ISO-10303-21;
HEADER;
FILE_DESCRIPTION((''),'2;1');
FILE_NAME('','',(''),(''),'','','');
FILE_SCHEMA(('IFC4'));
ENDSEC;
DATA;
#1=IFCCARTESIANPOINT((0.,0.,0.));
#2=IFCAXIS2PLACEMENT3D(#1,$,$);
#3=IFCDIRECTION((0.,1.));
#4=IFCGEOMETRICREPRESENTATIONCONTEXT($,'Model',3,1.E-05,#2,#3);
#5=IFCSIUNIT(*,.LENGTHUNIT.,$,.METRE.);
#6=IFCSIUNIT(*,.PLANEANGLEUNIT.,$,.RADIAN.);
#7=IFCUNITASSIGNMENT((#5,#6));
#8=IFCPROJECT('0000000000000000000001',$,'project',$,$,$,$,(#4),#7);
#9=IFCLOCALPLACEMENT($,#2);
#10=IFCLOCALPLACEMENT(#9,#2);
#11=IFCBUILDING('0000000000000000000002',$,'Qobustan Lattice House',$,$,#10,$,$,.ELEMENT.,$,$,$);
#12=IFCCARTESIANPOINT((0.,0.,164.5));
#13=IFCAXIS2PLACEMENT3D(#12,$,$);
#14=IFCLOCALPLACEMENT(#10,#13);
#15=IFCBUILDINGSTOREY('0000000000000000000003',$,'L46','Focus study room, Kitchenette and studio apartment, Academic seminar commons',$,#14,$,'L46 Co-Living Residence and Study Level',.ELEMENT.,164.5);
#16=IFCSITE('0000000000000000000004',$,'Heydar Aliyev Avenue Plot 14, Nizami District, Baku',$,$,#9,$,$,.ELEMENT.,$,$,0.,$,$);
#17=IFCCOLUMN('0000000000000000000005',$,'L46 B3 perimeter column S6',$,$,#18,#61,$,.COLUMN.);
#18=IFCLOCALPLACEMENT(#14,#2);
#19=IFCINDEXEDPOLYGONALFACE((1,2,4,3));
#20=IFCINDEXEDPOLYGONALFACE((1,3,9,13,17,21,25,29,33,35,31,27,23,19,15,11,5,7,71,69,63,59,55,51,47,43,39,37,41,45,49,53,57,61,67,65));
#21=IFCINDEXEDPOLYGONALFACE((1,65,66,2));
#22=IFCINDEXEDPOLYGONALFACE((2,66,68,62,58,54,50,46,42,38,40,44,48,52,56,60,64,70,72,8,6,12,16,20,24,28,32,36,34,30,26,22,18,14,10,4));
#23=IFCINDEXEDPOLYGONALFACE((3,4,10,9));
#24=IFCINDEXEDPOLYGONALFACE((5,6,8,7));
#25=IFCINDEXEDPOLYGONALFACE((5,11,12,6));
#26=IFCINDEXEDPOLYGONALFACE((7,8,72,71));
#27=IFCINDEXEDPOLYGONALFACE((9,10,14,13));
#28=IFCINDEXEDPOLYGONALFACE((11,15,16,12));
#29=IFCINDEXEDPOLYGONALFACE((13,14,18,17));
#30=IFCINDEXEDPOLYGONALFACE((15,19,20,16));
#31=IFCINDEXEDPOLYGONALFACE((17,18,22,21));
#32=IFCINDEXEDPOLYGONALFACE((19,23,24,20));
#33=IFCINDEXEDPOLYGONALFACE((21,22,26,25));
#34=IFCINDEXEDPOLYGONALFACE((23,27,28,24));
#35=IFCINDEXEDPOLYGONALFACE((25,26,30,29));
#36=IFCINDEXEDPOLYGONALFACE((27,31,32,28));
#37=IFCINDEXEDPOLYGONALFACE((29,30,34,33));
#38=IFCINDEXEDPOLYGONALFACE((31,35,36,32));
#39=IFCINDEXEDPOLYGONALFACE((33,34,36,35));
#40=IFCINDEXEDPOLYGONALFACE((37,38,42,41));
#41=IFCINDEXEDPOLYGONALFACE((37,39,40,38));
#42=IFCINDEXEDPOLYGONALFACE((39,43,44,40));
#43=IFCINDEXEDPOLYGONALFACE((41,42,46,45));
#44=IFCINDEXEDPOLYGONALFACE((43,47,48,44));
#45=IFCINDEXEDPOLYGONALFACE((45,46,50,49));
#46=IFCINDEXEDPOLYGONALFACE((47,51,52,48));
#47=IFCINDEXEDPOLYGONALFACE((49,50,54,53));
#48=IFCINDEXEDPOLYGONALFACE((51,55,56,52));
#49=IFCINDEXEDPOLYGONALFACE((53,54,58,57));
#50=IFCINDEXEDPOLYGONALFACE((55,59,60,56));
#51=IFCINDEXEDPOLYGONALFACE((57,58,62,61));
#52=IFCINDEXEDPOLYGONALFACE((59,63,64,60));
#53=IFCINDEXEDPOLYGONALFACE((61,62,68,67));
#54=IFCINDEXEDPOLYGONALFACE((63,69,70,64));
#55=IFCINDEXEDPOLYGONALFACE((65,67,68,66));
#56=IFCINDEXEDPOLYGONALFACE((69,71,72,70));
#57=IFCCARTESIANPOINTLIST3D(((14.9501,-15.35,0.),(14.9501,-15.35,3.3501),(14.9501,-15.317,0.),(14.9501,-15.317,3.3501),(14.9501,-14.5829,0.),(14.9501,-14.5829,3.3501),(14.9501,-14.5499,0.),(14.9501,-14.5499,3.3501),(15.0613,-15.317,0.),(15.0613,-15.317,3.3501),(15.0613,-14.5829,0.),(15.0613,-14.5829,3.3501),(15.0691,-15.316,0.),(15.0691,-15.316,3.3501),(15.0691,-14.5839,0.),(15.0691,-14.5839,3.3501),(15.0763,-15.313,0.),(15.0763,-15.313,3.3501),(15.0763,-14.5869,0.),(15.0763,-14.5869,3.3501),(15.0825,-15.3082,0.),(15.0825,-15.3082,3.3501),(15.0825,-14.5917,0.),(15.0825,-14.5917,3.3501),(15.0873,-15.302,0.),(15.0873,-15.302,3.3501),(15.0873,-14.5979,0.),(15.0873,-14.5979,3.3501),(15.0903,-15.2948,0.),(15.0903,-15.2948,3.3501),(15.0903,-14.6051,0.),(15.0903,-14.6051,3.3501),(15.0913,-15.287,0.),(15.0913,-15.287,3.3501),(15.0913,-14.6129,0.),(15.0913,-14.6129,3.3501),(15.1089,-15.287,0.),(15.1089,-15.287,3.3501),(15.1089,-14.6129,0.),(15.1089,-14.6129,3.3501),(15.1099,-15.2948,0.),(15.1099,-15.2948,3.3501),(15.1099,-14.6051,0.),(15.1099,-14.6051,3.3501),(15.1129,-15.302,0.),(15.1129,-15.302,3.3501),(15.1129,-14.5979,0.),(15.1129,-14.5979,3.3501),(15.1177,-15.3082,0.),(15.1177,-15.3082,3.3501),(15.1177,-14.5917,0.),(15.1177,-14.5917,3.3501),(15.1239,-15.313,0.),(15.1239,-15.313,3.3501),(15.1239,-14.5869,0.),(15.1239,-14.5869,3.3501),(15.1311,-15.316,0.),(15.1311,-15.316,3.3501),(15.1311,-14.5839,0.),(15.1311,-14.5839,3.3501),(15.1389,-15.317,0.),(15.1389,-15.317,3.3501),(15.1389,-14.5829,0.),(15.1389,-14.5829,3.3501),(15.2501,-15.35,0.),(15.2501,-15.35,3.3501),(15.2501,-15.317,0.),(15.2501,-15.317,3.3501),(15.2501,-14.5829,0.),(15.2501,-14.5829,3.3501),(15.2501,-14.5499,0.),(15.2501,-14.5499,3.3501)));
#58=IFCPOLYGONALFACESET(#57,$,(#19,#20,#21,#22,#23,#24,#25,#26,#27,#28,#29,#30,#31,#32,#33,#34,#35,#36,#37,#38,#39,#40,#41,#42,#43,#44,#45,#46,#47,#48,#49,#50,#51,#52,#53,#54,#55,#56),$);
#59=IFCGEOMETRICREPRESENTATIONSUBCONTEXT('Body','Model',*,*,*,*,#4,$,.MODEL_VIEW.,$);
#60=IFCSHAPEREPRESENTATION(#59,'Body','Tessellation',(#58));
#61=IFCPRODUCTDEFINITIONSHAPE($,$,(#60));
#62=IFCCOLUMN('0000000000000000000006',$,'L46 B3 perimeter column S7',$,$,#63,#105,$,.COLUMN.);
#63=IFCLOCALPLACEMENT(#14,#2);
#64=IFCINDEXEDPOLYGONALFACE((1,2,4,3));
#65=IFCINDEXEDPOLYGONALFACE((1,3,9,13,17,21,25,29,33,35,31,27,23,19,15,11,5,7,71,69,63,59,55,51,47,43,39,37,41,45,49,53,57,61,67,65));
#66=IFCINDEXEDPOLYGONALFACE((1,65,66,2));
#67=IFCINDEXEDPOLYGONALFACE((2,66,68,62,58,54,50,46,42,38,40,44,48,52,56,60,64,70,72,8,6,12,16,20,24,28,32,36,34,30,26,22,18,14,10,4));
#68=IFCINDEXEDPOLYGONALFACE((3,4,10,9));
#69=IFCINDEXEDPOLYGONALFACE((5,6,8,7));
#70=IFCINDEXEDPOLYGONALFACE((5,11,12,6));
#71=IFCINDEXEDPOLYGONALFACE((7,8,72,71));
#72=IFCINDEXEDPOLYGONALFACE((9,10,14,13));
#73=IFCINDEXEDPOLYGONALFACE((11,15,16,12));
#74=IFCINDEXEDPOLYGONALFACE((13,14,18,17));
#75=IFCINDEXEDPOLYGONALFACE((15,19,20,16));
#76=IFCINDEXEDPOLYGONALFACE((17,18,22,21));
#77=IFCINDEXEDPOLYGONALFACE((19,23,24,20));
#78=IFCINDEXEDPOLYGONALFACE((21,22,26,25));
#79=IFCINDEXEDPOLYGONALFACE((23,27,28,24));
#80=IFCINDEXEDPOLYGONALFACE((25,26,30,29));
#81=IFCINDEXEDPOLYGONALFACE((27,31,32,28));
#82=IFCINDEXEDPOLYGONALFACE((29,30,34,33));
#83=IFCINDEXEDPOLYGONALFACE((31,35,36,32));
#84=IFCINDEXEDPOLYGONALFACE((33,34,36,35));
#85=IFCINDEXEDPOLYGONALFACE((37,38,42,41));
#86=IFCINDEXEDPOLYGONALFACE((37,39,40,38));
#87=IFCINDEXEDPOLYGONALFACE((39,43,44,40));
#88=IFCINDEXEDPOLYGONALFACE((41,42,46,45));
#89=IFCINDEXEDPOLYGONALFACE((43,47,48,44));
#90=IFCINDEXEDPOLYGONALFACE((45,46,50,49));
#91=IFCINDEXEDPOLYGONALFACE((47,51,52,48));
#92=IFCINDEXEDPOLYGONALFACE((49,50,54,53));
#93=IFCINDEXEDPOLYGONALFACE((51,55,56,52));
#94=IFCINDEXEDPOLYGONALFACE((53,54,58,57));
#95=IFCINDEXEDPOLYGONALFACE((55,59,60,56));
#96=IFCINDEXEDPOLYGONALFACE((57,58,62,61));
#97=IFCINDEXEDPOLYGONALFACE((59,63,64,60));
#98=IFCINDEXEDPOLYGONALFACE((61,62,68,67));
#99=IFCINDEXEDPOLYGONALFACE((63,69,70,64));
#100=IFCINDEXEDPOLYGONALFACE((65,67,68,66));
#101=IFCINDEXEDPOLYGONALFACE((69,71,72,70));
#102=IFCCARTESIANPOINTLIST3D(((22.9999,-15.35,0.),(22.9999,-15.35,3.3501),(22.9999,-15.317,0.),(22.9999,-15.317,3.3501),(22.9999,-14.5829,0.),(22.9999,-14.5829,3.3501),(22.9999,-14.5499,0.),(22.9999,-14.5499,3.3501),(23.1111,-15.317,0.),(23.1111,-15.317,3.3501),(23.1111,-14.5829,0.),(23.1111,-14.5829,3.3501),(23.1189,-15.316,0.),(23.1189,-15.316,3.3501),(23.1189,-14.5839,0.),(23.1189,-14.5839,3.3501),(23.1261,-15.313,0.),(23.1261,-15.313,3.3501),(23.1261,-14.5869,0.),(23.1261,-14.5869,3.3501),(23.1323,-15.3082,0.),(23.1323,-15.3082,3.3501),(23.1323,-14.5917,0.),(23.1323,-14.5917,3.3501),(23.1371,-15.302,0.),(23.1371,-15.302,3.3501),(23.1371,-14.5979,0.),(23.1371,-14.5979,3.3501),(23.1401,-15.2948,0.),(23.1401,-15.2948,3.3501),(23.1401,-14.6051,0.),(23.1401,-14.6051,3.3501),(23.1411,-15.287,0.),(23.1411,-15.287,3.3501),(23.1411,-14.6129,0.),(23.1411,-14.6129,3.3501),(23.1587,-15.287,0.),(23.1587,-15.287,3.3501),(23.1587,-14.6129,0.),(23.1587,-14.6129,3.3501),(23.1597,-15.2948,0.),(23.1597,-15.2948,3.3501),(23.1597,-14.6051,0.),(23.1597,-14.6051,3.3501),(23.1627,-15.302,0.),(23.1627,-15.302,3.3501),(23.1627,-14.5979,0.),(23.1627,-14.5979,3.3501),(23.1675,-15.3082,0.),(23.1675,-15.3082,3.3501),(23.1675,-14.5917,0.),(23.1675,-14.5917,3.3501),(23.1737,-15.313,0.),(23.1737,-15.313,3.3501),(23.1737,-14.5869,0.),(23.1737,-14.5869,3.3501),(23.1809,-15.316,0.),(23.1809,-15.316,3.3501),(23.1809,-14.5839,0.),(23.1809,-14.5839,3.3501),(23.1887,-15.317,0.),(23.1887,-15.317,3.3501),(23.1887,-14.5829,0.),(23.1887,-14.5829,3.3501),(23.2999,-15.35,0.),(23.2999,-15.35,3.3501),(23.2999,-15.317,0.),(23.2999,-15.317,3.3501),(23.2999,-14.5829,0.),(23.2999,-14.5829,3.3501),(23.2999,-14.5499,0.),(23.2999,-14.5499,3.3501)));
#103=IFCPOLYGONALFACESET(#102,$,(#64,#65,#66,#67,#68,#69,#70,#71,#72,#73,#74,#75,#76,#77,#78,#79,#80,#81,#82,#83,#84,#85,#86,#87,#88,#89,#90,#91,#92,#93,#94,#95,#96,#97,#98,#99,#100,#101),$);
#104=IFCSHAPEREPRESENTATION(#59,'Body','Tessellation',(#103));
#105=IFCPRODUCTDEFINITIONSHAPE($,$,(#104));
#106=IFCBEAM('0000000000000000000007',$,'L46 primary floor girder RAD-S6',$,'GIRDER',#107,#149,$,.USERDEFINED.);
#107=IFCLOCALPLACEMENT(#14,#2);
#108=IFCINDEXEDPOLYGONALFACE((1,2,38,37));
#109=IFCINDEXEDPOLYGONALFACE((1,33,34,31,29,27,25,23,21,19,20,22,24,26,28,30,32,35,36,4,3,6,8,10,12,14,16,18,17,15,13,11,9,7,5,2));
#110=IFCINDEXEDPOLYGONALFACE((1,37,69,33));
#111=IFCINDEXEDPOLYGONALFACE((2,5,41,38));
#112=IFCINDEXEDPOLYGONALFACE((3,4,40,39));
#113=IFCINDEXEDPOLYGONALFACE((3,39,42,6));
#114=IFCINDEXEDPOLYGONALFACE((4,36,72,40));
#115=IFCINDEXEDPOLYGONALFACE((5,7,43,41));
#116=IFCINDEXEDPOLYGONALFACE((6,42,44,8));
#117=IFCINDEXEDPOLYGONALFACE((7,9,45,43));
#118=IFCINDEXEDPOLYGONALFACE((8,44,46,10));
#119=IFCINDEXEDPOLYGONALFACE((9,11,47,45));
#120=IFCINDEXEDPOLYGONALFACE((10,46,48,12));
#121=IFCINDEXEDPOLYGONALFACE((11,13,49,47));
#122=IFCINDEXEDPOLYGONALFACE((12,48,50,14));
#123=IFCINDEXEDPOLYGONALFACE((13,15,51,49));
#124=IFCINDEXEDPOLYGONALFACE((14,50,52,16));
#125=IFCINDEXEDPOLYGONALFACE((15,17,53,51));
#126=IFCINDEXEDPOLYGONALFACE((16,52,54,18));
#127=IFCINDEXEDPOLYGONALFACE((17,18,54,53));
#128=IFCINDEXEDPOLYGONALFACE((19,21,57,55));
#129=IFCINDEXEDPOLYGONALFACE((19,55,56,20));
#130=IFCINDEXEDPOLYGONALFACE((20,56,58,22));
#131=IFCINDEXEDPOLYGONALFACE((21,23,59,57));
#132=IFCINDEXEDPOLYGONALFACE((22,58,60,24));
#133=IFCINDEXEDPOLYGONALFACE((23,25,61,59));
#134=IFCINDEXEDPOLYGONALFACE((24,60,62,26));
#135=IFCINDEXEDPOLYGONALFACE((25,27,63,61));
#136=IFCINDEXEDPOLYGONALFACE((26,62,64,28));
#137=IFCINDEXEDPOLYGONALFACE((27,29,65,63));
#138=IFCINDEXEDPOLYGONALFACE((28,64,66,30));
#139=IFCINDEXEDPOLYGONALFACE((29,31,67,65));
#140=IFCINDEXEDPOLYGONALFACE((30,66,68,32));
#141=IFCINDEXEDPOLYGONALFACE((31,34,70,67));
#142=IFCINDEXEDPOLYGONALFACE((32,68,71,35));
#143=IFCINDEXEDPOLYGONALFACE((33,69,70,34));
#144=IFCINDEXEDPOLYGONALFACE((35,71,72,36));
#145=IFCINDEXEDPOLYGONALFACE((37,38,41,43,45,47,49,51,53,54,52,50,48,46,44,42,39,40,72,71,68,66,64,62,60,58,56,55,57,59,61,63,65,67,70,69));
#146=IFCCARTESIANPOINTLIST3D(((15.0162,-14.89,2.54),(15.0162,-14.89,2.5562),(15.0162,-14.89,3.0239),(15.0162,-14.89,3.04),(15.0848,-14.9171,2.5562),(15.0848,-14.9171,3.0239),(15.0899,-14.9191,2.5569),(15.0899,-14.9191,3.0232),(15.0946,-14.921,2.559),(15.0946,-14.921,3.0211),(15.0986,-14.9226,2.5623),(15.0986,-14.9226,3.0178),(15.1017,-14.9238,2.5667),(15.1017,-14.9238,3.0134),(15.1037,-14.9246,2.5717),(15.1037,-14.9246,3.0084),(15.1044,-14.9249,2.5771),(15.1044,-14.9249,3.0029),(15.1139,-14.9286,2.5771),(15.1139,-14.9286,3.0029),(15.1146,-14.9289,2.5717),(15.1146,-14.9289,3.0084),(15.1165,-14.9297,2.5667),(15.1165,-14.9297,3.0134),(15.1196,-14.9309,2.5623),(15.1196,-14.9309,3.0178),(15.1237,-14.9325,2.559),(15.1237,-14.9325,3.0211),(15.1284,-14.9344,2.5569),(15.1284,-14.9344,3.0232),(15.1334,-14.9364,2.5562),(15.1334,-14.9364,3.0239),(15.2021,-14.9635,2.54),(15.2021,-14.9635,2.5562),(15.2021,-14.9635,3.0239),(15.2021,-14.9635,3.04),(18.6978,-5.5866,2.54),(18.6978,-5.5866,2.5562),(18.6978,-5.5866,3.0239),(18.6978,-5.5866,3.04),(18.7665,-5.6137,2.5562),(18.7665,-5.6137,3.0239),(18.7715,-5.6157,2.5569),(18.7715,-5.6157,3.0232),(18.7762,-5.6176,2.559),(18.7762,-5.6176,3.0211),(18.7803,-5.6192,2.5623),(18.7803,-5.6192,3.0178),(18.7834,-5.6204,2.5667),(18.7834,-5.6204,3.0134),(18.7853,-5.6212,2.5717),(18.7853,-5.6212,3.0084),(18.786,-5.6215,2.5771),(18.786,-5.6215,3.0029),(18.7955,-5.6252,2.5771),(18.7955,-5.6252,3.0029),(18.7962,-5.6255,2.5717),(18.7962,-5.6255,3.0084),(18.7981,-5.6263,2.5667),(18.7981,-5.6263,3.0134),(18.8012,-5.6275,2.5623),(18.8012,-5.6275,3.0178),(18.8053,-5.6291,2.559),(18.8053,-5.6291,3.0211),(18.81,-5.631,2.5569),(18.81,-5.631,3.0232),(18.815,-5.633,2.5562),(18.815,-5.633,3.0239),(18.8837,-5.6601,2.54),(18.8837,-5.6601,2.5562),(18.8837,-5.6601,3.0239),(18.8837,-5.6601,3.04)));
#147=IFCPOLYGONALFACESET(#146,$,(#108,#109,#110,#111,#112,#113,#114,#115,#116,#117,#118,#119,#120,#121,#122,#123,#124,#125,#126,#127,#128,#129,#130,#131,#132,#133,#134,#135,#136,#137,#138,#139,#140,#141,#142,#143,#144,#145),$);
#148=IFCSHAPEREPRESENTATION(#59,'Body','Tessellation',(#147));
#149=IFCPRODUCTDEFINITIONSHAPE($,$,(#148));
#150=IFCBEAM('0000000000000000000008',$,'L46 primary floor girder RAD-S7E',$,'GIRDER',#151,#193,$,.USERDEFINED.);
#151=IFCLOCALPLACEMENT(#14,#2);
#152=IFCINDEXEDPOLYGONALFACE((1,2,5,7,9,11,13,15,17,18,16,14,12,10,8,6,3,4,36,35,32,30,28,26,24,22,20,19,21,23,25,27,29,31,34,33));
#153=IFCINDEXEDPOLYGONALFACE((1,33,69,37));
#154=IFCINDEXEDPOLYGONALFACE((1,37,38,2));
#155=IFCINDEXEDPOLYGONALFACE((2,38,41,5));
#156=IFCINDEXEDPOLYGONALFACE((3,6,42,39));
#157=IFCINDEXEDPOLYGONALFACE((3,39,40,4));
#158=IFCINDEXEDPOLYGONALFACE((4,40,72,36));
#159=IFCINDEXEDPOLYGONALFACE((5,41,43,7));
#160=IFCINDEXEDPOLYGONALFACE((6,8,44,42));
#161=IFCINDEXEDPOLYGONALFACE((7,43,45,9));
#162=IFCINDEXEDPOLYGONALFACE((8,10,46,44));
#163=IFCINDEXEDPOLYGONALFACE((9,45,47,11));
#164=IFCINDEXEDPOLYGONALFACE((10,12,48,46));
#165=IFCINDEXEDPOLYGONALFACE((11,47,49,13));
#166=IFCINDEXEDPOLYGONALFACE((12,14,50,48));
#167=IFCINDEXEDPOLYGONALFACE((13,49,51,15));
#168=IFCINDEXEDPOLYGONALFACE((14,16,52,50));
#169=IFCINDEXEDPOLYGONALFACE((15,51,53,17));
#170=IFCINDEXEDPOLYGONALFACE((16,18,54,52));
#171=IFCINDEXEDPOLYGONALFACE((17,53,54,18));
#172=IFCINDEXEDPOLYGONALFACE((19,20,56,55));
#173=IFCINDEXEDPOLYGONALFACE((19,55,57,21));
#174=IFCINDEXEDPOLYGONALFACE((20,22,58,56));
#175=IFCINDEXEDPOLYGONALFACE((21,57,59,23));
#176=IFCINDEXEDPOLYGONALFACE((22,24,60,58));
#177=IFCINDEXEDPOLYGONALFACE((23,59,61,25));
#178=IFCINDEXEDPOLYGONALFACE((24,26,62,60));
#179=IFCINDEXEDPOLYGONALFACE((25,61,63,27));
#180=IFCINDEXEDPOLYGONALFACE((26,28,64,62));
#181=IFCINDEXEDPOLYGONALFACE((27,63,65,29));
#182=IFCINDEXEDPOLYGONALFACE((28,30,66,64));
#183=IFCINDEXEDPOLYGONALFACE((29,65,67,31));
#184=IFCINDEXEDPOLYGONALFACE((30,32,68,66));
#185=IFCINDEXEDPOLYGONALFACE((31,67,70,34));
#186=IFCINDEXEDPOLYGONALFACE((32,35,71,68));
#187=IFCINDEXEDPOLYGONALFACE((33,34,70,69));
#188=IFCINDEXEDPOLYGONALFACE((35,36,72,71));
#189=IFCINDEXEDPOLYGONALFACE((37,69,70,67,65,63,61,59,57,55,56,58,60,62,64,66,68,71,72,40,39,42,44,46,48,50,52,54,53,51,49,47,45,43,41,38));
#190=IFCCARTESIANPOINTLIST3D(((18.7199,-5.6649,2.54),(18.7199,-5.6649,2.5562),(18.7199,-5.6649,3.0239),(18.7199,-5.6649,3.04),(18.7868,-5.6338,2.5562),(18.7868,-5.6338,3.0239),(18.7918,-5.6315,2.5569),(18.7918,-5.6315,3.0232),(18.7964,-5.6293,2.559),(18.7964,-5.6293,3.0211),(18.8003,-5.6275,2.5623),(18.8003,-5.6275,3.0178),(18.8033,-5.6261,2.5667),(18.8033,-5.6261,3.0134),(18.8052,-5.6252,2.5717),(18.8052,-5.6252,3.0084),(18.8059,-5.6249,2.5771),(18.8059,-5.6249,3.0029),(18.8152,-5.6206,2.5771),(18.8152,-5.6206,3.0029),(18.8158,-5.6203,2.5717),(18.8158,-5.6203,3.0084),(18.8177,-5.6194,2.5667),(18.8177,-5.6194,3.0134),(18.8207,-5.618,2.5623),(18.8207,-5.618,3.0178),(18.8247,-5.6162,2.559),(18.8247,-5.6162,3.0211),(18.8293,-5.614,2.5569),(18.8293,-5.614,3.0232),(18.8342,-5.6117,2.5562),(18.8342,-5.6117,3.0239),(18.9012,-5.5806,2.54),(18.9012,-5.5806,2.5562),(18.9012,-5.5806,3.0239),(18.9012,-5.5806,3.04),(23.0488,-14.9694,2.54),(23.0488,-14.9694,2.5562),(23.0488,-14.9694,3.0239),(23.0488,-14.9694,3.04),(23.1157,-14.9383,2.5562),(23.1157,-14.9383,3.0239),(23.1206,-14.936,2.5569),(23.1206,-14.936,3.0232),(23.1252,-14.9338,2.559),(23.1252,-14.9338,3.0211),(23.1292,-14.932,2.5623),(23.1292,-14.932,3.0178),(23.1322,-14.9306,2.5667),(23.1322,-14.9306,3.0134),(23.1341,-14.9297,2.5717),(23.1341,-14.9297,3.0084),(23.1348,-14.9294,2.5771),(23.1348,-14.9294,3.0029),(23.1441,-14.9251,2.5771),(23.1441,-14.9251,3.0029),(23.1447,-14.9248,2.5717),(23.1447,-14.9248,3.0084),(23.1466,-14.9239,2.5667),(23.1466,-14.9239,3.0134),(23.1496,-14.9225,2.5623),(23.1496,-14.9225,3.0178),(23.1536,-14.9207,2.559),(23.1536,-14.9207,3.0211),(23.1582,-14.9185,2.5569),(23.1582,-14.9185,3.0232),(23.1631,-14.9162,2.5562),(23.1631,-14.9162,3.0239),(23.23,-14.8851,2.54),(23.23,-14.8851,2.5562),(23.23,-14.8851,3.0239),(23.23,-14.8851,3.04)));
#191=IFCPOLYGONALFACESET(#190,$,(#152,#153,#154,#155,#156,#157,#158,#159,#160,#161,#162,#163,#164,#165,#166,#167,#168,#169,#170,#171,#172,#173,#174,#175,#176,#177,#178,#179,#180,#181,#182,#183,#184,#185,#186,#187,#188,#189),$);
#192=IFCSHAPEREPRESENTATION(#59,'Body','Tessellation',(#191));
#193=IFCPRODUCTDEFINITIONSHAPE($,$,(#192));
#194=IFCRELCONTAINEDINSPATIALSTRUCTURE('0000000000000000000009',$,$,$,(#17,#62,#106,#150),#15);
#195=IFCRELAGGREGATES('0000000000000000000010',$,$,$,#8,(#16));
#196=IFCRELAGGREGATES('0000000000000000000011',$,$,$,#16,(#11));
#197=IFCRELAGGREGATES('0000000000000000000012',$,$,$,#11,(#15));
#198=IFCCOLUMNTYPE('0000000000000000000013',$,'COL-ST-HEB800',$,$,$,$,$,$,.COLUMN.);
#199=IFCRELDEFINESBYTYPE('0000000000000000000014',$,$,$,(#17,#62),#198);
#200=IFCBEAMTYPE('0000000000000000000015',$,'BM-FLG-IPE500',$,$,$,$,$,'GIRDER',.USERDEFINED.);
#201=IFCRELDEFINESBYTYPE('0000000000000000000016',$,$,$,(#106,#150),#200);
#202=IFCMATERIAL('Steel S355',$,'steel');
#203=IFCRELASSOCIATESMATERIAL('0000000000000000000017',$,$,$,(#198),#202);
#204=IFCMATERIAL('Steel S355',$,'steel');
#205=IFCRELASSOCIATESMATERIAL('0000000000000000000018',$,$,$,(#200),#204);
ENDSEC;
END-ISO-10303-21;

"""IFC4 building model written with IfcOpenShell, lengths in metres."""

from ifc_helpers import new_model, si_unit, direction, frame, origin, origin_2d, place, context, subcontext, project, spatial, i_section, extrude, material, material_profile, profile_set, type_object, element, save


model = new_model("IFC4")

# Units and contexts
model_context = context("Model", 3, precision=1e-05, world=origin(), true_north=direction((0.0, 1.0)))
body_context = subcontext(model_context, "Body", "Model", "MODEL_VIEW")
ifc_project = project(units=[si_unit("LENGTHUNIT", "METRE"), si_unit("PLANEANGLEUNIT", "RADIAN")], contexts=[model_context])

# Site, building, storey
site_placement = place(None, origin())
site = spatial("IfcSite", under=ifc_project, at=site_placement, Name="Heydar Aliyev Avenue Plot 14, Nizami District, Baku", CompositionType="ELEMENT", RefElevation=0.0)
building_placement = place(site_placement, origin())
building = spatial("IfcBuilding", under=site, at=building_placement, Name="Qobustan Lattice House", CompositionType="ELEMENT")
storey_placement = place(building_placement, frame((0.0, 0.0, 164.5)))
storey = spatial("IfcBuildingStorey", under=building, at=storey_placement, Name="L46", Description="Focus study room, Kitchenette and studio apartment, Academic seminar commons", LongName="L46 Co-Living Residence and Study Level", CompositionType="ELEMENT", Elevation=164.5)

# Columns
ifc_material_1 = material(Name="Steel S355", Category="steel")
ifc_material_profile_1 = material_profile(ifc_material_1, i_section(OverallWidth=0.3, OverallDepth=0.8, WebThickness=0.0176, FlangeThickness=0.033, FilletRadius=0.03, at=origin_2d()), Name="HEB800")
ifc_profile_set_1 = profile_set([ifc_material_profile_1], Name="Steel S355")
column_type = type_object("IfcColumnType", Name="COL-ST-HEB800", PredefinedType="COLUMN", material=ifc_profile_set_1)
for number, where, z_axis, x_axis, name in (
    (1, (15.1001, -14.95, 0.0), (0.0, 0.0, 1.0), (1.0, 0.0, 0.0), "L46 B3 perimeter column S6"),
    (2, (23.1499, -14.95, 0.0), (0.0, 0.0, 1.0), (1.0, 0.0, 0.0), "L46 B3 perimeter column S7"),
):
    element("IfcColumn", number, at=place(storey_placement, frame(where, z_axis=z_axis, x_axis=x_axis)), inside=storey, type_object=column_type, Name=name, PredefinedType="COLUMN", context=body_context, shape_type="SweptSolid", body=[
        extrude(i_section(OverallWidth=0.3, OverallDepth=0.8, WebThickness=0.0176, FlangeThickness=0.033, FilletRadius=0.03, at=origin_2d()), origin(), (0.0, 0.0, 1.0), 3.3501),
    ])

# Beams
ifc_material_2 = material(Name="Steel S355", Category="steel")
ifc_material_profile_2 = material_profile(ifc_material_2, i_section(OverallWidth=0.2, OverallDepth=0.5, WebThickness=0.0103, FlangeThickness=0.0161, FilletRadius=0.021, at=origin_2d()), Name="IPE500")
ifc_profile_set_2 = profile_set([ifc_material_profile_2], Name="Steel S355")
beam_type_1 = type_object("IfcBeamType", Name="BM-FLG-IPE500", ElementType="GIRDER", PredefinedType="USERDEFINED", material=ifc_profile_set_2)
beam_1_placement = place(storey_placement, frame((15.1091, -14.9268, 2.79), z_axis=(0.367964, 0.92984, 0.0), x_axis=(-0.92984, 0.367964, 0.0)))
element("IfcBeam", 3, at=beam_1_placement, inside=storey, type_object=beam_type_1, Name="L46 primary floor girder RAD-S6", ObjectType="GIRDER", PredefinedType="USERDEFINED", context=body_context, shape_type="SweptSolid", body=[
    extrude(i_section(OverallWidth=0.2, OverallDepth=0.5, WebThickness=0.0103, FlangeThickness=0.0161, FilletRadius=0.021, at=origin_2d()), origin(), (0.0, 0.0, 1.0), 10.0054),
])
beam_2_placement = place(storey_placement, frame((23.1394, -14.9272, 2.79), z_axis=(-0.421828, 0.906676, 0.0), x_axis=(-0.906676, -0.421828, 0.0)))
element("IfcBeam", 4, at=beam_2_placement, inside=storey, type_object=beam_type_1, Name="L46 primary floor girder RAD-S7E", ObjectType="GIRDER", PredefinedType="USERDEFINED", context=body_context, shape_type="SweptSolid", body=[
    extrude(i_section(OverallWidth=0.2, OverallDepth=0.5, WebThickness=0.0103, FlangeThickness=0.0161, FilletRadius=0.021, at=origin_2d()), origin(), (0.0, 0.0, 1.0), 10.2622),
])

save(model, "model.ifc")
